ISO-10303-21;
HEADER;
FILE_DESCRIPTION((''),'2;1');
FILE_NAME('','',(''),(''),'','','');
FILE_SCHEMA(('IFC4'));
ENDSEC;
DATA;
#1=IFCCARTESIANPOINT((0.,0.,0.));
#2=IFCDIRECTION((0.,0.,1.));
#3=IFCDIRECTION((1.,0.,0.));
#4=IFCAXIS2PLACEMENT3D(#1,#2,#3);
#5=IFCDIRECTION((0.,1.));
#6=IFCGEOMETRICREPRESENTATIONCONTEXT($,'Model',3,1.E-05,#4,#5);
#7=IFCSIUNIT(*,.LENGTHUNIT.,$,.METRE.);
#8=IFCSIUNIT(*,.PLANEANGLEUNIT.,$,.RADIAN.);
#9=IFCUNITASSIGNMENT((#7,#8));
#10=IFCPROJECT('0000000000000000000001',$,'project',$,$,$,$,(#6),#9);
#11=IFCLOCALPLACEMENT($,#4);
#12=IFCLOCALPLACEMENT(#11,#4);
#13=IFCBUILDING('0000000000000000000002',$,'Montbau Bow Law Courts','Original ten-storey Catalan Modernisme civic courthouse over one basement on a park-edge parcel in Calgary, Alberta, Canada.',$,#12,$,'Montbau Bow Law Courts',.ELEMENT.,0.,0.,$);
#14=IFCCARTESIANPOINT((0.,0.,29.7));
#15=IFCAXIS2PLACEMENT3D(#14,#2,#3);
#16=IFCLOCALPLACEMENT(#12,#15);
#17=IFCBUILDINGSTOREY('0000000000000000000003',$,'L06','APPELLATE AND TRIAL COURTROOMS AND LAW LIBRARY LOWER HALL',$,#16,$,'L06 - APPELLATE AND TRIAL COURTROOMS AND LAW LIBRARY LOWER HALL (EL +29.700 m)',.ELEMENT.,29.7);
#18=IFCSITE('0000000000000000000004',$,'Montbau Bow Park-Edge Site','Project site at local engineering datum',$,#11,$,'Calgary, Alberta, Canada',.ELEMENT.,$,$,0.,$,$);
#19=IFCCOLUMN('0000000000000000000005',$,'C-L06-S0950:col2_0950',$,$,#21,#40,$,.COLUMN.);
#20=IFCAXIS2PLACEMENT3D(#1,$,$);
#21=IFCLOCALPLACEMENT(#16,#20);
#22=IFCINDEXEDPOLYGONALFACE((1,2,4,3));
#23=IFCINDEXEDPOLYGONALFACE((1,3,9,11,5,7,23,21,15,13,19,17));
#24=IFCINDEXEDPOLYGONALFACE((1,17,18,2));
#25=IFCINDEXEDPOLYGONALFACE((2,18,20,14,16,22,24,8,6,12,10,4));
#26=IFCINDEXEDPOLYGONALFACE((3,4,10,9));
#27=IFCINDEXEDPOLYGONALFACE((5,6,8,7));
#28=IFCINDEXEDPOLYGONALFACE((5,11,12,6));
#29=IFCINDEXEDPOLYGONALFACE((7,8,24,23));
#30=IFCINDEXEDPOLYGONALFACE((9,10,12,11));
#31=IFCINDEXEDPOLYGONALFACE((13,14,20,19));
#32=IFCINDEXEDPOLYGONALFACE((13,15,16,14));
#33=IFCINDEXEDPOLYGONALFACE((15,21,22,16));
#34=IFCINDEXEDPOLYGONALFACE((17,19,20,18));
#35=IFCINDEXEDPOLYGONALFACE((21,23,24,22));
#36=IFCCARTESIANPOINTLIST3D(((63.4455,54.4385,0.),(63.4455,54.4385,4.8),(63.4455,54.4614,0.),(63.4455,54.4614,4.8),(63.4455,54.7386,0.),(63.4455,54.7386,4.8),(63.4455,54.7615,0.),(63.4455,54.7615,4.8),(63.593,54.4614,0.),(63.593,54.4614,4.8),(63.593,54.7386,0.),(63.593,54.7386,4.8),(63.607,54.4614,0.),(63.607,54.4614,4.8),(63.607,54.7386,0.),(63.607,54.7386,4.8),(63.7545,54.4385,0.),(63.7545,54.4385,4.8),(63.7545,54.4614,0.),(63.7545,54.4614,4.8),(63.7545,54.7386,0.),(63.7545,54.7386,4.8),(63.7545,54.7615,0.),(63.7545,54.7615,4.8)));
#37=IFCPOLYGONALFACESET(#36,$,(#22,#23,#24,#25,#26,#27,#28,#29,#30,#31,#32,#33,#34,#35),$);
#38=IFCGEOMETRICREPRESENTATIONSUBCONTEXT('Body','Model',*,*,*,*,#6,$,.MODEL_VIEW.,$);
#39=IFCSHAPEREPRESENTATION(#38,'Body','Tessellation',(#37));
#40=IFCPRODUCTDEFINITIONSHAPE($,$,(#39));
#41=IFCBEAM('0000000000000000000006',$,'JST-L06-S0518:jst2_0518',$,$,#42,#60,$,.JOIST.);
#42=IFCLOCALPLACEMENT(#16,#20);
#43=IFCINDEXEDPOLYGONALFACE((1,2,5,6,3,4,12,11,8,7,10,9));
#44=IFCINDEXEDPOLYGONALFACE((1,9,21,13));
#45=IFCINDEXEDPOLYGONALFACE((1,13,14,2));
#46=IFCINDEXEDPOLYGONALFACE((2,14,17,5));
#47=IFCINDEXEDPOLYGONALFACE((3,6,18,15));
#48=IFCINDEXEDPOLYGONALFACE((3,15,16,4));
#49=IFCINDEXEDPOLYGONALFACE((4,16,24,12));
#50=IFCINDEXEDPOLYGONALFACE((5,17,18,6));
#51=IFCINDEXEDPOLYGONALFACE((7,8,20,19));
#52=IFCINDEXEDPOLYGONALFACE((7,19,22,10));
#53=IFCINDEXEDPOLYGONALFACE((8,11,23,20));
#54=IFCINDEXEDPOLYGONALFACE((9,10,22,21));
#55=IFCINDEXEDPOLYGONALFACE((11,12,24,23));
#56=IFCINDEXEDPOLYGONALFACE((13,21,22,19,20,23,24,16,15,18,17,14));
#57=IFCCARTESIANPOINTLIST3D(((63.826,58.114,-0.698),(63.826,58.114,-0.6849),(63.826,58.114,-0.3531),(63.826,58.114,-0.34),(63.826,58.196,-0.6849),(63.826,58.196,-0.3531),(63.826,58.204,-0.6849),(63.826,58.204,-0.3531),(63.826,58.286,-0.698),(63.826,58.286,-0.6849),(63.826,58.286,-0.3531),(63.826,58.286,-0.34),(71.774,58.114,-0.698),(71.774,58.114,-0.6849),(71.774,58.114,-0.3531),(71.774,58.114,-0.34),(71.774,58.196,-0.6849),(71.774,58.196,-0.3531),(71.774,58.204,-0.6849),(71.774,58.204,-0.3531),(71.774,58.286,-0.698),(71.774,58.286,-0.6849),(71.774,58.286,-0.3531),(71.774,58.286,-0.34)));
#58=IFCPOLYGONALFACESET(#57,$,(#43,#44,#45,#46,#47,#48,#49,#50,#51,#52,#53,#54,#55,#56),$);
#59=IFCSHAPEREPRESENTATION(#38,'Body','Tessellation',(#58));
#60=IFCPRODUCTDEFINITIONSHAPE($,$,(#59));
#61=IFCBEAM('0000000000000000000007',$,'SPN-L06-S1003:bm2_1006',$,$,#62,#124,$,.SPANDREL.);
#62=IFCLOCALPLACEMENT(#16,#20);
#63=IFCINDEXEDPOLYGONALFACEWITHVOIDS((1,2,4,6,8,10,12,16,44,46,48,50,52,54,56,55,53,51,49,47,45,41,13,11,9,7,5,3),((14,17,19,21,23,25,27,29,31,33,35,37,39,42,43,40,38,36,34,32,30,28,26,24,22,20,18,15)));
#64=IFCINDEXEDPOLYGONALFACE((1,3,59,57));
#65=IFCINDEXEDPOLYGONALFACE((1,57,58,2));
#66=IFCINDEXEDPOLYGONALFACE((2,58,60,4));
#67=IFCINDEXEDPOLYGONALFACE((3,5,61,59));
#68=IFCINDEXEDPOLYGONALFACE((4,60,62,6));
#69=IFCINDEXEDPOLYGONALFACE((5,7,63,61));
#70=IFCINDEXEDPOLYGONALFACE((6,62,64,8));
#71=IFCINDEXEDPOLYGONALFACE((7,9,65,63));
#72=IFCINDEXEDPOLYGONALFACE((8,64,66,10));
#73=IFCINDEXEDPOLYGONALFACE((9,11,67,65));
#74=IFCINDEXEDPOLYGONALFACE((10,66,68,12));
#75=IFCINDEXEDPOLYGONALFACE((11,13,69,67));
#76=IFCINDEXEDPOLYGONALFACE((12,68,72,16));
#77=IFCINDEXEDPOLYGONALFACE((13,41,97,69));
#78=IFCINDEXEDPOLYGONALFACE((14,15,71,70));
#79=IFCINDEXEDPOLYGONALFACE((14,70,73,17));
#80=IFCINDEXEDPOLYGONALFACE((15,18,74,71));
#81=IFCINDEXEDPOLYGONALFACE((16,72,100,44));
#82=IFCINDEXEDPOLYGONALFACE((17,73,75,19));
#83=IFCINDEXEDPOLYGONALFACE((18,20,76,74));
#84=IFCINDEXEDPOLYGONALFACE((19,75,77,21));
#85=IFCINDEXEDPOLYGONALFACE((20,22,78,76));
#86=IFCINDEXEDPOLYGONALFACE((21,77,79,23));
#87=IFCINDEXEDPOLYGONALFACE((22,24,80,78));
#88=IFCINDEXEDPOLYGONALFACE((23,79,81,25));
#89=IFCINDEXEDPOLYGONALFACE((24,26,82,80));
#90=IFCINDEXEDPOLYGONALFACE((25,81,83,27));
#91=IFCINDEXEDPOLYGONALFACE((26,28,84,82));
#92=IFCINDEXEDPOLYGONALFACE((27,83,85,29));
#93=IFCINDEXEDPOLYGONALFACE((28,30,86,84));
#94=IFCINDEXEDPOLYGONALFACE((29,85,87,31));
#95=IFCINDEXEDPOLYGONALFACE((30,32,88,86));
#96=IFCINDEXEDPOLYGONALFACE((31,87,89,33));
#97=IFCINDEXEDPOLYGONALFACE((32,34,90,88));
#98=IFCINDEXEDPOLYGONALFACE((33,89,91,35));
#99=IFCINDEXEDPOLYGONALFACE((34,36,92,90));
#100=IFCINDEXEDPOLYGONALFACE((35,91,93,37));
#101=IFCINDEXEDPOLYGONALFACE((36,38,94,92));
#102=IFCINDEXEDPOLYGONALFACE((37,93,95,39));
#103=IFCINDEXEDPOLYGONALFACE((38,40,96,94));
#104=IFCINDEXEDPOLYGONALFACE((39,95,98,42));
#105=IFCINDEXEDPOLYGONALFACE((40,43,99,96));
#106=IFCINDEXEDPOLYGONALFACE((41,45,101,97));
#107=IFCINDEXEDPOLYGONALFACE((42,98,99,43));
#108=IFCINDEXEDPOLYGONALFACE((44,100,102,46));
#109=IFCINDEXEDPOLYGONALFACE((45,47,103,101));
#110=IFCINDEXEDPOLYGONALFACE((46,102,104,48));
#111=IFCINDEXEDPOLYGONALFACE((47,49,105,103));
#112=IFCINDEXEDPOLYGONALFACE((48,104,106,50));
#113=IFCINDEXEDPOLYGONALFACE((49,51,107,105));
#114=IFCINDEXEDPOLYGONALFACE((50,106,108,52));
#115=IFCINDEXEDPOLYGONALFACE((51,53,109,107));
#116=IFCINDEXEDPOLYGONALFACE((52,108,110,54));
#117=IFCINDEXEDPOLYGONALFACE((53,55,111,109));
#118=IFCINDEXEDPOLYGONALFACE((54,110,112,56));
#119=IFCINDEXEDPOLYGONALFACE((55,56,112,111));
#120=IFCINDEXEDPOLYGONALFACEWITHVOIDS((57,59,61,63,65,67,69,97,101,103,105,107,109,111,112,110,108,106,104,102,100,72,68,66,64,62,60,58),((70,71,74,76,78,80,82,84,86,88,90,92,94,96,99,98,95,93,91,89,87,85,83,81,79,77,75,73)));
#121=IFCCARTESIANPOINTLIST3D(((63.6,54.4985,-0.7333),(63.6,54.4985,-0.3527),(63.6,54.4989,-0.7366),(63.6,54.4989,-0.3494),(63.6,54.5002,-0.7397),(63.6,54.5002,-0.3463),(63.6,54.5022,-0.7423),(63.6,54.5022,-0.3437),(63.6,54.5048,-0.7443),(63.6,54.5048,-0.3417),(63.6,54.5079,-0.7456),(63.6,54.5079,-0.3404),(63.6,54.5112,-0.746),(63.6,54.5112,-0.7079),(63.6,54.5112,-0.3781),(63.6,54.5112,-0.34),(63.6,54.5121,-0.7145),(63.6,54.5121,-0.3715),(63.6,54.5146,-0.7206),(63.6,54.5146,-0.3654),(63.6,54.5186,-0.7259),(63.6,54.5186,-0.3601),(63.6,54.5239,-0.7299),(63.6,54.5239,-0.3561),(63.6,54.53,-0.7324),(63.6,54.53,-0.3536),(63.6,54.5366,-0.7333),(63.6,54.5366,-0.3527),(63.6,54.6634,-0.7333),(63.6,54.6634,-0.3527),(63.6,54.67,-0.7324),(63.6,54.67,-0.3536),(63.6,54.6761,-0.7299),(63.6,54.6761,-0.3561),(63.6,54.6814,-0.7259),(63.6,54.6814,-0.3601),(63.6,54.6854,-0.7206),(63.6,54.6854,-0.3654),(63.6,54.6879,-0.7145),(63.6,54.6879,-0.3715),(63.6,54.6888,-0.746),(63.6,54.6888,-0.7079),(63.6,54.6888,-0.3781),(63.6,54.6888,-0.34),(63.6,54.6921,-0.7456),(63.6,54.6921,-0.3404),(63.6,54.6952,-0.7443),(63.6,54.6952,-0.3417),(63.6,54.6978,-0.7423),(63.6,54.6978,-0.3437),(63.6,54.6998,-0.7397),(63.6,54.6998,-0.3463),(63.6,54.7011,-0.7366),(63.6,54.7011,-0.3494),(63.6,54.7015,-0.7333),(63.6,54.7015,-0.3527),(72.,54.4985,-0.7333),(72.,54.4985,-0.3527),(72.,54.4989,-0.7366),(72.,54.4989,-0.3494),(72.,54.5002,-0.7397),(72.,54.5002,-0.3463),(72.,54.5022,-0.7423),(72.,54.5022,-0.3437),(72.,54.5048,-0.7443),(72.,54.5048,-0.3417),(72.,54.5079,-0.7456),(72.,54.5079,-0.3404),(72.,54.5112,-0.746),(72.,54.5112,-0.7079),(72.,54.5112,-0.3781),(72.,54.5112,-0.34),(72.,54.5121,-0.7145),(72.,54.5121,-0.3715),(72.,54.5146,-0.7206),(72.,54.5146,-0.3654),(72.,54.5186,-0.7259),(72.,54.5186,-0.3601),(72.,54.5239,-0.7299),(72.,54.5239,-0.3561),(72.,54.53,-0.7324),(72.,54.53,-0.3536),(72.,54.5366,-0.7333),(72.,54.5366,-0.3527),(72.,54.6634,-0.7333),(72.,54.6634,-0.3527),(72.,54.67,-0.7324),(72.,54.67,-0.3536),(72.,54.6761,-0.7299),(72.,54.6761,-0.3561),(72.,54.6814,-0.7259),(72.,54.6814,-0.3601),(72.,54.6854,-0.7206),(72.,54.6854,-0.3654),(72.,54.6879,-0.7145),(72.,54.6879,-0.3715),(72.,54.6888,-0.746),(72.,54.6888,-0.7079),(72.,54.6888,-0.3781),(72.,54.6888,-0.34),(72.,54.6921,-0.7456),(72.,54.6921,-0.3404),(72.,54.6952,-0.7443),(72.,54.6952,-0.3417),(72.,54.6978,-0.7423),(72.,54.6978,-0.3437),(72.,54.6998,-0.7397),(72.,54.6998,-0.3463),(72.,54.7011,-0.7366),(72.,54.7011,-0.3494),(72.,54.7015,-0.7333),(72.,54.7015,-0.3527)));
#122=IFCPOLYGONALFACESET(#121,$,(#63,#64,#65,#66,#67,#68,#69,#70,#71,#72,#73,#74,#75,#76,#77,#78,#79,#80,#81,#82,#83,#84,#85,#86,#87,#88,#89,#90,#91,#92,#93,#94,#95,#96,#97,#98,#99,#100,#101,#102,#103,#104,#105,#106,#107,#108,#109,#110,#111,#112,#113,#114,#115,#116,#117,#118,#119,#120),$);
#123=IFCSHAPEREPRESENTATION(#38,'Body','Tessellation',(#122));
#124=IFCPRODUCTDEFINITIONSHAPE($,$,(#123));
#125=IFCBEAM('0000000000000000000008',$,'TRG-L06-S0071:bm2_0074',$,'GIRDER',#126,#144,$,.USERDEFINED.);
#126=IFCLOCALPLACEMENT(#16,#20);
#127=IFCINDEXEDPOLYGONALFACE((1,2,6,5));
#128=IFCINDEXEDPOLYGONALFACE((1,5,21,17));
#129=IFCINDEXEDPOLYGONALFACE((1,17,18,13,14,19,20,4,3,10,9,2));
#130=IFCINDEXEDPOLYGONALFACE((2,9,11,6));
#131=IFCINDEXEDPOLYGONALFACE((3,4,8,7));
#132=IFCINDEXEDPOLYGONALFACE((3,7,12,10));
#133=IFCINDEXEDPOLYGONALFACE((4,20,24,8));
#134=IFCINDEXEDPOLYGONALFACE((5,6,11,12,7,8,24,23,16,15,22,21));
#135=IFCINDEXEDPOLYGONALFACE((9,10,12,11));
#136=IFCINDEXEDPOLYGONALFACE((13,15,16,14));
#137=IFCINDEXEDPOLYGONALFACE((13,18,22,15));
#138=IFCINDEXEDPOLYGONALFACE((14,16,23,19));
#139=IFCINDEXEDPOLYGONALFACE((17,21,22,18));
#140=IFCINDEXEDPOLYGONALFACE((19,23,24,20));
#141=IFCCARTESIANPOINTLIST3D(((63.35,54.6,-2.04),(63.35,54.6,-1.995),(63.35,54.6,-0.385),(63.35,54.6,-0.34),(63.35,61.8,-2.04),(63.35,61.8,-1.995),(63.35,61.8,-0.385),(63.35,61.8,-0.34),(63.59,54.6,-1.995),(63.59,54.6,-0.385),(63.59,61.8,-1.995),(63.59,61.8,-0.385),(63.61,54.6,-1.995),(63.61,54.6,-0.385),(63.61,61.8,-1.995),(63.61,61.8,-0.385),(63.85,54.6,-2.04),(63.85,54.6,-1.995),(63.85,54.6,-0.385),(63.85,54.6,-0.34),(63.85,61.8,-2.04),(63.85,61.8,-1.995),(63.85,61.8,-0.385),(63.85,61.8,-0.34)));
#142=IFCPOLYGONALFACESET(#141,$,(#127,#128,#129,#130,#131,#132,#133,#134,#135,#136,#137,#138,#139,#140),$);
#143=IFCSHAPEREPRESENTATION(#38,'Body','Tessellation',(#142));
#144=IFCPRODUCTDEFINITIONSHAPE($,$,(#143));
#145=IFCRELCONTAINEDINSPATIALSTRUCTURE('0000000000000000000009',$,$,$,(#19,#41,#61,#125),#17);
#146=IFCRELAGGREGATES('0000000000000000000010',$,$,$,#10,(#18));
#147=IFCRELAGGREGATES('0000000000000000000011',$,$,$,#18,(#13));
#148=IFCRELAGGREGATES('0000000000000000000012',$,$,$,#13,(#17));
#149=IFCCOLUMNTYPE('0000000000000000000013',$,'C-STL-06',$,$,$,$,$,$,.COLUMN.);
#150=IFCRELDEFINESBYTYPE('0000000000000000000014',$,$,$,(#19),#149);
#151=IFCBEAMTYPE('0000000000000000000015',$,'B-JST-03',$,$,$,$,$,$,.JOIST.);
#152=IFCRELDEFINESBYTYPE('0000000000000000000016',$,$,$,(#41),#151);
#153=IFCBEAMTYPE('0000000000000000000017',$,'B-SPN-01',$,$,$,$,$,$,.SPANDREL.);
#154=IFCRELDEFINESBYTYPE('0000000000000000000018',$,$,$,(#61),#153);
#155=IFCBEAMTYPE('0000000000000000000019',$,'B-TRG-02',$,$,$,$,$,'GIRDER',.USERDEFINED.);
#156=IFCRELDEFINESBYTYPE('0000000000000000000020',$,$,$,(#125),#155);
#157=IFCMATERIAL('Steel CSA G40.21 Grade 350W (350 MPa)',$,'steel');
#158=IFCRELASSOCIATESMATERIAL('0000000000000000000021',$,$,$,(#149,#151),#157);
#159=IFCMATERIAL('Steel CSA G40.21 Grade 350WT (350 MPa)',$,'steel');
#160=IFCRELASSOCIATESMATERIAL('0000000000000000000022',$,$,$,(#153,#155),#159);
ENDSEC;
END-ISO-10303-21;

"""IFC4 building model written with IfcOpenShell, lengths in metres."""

from ifc_helpers import new_model, si_unit, direction, frame, origin_with_axes, origin_2d_with_axis, place, context, subcontext, project, spatial, hollow_rectangle, i_section, extrude, material, material_profile, profile_set, type_object, element, save


model = new_model("IFC4")

# Units and contexts
model_context = context("Model", 3, precision=1e-05, world=origin_with_axes(), true_north=direction((0.0, 1.0)))
body_context = subcontext(model_context, "Body", "Model", "MODEL_VIEW")
ifc_project = project(units=[si_unit("LENGTHUNIT", "METRE"), si_unit("PLANEANGLEUNIT", "RADIAN")], contexts=[model_context])

# Site, building, storey
site_placement = place(None, origin_with_axes())
site = spatial("IfcSite", under=ifc_project, at=site_placement, Name="Montbau Bow Park-Edge Site", Description="Project site at local engineering datum", LongName="Calgary, Alberta, Canada", CompositionType="ELEMENT", RefElevation=0.0)
building_placement = place(site_placement, origin_with_axes())
building = spatial("IfcBuilding", under=site, at=building_placement, Name="Montbau Bow Law Courts", Description="Original ten-storey Catalan Modernisme civic courthouse over one basement on a park-edge parcel in Calgary, Alberta, Canada.", LongName="Montbau Bow Law Courts", CompositionType="ELEMENT", ElevationOfRefHeight=0.0, ElevationOfTerrain=0.0)
storey_placement = place(building_placement, frame((0.0, 0.0, 29.7), z_axis=(0.0, 0.0, 1.0), x_axis=(1.0, 0.0, 0.0)))
storey = spatial("IfcBuildingStorey", under=building, at=storey_placement, Name="L06", Description="APPELLATE AND TRIAL COURTROOMS AND LAW LIBRARY LOWER HALL", LongName="L06 - APPELLATE AND TRIAL COURTROOMS AND LAW LIBRARY LOWER HALL (EL +29.700 m)", CompositionType="ELEMENT", Elevation=29.7)

# Column
ifc_material_1 = material(Name="Steel CSA G40.21 Grade 350W (350 MPa)", Category="steel")
ifc_material_profile_1 = material_profile(ifc_material_1, i_section(OverallWidth=0.309, OverallDepth=0.323, WebThickness=0.014, FlangeThickness=0.0229, at=origin_2d_with_axis()), Name="W310X143", Category="Main", Priority=0)
ifc_profile_set_1 = profile_set([ifc_material_profile_1], Name="Steel CSA G40.21 Grade 350W (350 MPa)")
column_type = type_object("IfcColumnType", Name="C-STL-06", PredefinedType="COLUMN", material=ifc_profile_set_1)
column_placement = place(None, frame((63.6, 54.6, 29.7), z_axis=(0.0, 0.0, 1.0), x_axis=(1.0, 0.0, 0.0)))
element("IfcColumn", 1, at=column_placement, inside=storey, type_object=column_type, Name="C-L06-S0950:col2_0950", PredefinedType="COLUMN", context=body_context, shape_type="SweptSolid", body=[
    extrude(i_section(OverallWidth=0.309, OverallDepth=0.323, WebThickness=0.014, FlangeThickness=0.0229, at=origin_2d_with_axis()), origin_with_axes(), (0.0, 0.0, 1.0), 4.8),
])

# Beams
ifc_material_profile_2 = material_profile(ifc_material_1, i_section(OverallWidth=0.172, OverallDepth=0.358, WebThickness=0.0079, FlangeThickness=0.0131, at=origin_2d_with_axis()), Name="W360X57", Category="Main", Priority=0)
ifc_profile_set_2 = profile_set([ifc_material_profile_2], Name="Steel CSA G40.21 Grade 350W (350 MPa)")
beam_type_1 = type_object("IfcBeamType", Name="B-JST-03", PredefinedType="JOIST", material=ifc_profile_set_2)
beam_1_placement = place(None, frame((63.826, 58.2, 29.181), z_axis=(1.0, 0.0, 0.0), x_axis=(0.0, 1.0, 0.0)))
element("IfcBeam", 2, at=beam_1_placement, inside=storey, type_object=beam_type_1, Name="JST-L06-S0518:jst2_0518", PredefinedType="JOIST", context=body_context, shape_type="SweptSolid", body=[
    extrude(i_section(OverallWidth=0.172, OverallDepth=0.358, WebThickness=0.0079, FlangeThickness=0.0131, at=origin_2d_with_axis()), origin_with_axes(), (0.0, 0.0, 1.0), 7.948),
])
ifc_material_2 = material(Name="Steel CSA G40.21 Grade 350WT (350 MPa)", Category="steel")
ifc_material_profile_3 = material_profile(ifc_material_2, hollow_rectangle(XDim=0.203, YDim=0.406, WallThickness=0.0127, InnerFilletRadius=0.0254, OuterFilletRadius=0.0127, at=origin_2d_with_axis()), Name="HSS406X203X13", Category="Main", Priority=0)
ifc_profile_set_3 = profile_set([ifc_material_profile_3], Name="Steel CSA G40.21 Grade 350WT (350 MPa)")
beam_type_2 = type_object("IfcBeamType", Name="B-SPN-01", PredefinedType="SPANDREL", material=ifc_profile_set_3)
beam_2_placement = place(None, frame((63.6, 54.6, 29.157), z_axis=(1.0, 0.0, 0.0), x_axis=(0.0, 1.0, 0.0)))
element("IfcBeam", 3, at=beam_2_placement, inside=storey, type_object=beam_type_2, Name="SPN-L06-S1003:bm2_1006", PredefinedType="SPANDREL", context=body_context, shape_type="SweptSolid", body=[
    extrude(hollow_rectangle(XDim=0.203, YDim=0.406, WallThickness=0.0127, InnerFilletRadius=0.0254, OuterFilletRadius=0.0127, at=origin_2d_with_axis()), origin_with_axes(), (0.0, 0.0, 1.0), 8.4),
])
ifc_material_profile_4 = material_profile(ifc_material_2, i_section(OverallWidth=0.5, OverallDepth=1.7, WebThickness=0.02, FlangeThickness=0.045, at=origin_2d_with_axis()), Name="WWF1700X480", Category="Main", Priority=0)
ifc_profile_set_4 = profile_set([ifc_material_profile_4], Name="Steel CSA G40.21 Grade 350WT (350 MPa)")
beam_type_3 = type_object("IfcBeamType", Name="B-TRG-02", ElementType="GIRDER", PredefinedType="USERDEFINED", material=ifc_profile_set_4)
beam_3_placement = place(None, frame((63.6, 54.6, 28.51), z_axis=(0.0, 1.0, 0.0), x_axis=(-1.0, 0.0, 0.0)))
element("IfcBeam", 4, at=beam_3_placement, inside=storey, type_object=beam_type_3, Name="TRG-L06-S0071:bm2_0074", ObjectType="GIRDER", PredefinedType="USERDEFINED", context=body_context, shape_type="SweptSolid", body=[
    extrude(i_section(OverallWidth=0.5, OverallDepth=1.7, WebThickness=0.02, FlangeThickness=0.045, at=origin_2d_with_axis()), origin_with_axes(), (0.0, 0.0, 1.0), 7.2),
])

save(model, "model.ifc")
